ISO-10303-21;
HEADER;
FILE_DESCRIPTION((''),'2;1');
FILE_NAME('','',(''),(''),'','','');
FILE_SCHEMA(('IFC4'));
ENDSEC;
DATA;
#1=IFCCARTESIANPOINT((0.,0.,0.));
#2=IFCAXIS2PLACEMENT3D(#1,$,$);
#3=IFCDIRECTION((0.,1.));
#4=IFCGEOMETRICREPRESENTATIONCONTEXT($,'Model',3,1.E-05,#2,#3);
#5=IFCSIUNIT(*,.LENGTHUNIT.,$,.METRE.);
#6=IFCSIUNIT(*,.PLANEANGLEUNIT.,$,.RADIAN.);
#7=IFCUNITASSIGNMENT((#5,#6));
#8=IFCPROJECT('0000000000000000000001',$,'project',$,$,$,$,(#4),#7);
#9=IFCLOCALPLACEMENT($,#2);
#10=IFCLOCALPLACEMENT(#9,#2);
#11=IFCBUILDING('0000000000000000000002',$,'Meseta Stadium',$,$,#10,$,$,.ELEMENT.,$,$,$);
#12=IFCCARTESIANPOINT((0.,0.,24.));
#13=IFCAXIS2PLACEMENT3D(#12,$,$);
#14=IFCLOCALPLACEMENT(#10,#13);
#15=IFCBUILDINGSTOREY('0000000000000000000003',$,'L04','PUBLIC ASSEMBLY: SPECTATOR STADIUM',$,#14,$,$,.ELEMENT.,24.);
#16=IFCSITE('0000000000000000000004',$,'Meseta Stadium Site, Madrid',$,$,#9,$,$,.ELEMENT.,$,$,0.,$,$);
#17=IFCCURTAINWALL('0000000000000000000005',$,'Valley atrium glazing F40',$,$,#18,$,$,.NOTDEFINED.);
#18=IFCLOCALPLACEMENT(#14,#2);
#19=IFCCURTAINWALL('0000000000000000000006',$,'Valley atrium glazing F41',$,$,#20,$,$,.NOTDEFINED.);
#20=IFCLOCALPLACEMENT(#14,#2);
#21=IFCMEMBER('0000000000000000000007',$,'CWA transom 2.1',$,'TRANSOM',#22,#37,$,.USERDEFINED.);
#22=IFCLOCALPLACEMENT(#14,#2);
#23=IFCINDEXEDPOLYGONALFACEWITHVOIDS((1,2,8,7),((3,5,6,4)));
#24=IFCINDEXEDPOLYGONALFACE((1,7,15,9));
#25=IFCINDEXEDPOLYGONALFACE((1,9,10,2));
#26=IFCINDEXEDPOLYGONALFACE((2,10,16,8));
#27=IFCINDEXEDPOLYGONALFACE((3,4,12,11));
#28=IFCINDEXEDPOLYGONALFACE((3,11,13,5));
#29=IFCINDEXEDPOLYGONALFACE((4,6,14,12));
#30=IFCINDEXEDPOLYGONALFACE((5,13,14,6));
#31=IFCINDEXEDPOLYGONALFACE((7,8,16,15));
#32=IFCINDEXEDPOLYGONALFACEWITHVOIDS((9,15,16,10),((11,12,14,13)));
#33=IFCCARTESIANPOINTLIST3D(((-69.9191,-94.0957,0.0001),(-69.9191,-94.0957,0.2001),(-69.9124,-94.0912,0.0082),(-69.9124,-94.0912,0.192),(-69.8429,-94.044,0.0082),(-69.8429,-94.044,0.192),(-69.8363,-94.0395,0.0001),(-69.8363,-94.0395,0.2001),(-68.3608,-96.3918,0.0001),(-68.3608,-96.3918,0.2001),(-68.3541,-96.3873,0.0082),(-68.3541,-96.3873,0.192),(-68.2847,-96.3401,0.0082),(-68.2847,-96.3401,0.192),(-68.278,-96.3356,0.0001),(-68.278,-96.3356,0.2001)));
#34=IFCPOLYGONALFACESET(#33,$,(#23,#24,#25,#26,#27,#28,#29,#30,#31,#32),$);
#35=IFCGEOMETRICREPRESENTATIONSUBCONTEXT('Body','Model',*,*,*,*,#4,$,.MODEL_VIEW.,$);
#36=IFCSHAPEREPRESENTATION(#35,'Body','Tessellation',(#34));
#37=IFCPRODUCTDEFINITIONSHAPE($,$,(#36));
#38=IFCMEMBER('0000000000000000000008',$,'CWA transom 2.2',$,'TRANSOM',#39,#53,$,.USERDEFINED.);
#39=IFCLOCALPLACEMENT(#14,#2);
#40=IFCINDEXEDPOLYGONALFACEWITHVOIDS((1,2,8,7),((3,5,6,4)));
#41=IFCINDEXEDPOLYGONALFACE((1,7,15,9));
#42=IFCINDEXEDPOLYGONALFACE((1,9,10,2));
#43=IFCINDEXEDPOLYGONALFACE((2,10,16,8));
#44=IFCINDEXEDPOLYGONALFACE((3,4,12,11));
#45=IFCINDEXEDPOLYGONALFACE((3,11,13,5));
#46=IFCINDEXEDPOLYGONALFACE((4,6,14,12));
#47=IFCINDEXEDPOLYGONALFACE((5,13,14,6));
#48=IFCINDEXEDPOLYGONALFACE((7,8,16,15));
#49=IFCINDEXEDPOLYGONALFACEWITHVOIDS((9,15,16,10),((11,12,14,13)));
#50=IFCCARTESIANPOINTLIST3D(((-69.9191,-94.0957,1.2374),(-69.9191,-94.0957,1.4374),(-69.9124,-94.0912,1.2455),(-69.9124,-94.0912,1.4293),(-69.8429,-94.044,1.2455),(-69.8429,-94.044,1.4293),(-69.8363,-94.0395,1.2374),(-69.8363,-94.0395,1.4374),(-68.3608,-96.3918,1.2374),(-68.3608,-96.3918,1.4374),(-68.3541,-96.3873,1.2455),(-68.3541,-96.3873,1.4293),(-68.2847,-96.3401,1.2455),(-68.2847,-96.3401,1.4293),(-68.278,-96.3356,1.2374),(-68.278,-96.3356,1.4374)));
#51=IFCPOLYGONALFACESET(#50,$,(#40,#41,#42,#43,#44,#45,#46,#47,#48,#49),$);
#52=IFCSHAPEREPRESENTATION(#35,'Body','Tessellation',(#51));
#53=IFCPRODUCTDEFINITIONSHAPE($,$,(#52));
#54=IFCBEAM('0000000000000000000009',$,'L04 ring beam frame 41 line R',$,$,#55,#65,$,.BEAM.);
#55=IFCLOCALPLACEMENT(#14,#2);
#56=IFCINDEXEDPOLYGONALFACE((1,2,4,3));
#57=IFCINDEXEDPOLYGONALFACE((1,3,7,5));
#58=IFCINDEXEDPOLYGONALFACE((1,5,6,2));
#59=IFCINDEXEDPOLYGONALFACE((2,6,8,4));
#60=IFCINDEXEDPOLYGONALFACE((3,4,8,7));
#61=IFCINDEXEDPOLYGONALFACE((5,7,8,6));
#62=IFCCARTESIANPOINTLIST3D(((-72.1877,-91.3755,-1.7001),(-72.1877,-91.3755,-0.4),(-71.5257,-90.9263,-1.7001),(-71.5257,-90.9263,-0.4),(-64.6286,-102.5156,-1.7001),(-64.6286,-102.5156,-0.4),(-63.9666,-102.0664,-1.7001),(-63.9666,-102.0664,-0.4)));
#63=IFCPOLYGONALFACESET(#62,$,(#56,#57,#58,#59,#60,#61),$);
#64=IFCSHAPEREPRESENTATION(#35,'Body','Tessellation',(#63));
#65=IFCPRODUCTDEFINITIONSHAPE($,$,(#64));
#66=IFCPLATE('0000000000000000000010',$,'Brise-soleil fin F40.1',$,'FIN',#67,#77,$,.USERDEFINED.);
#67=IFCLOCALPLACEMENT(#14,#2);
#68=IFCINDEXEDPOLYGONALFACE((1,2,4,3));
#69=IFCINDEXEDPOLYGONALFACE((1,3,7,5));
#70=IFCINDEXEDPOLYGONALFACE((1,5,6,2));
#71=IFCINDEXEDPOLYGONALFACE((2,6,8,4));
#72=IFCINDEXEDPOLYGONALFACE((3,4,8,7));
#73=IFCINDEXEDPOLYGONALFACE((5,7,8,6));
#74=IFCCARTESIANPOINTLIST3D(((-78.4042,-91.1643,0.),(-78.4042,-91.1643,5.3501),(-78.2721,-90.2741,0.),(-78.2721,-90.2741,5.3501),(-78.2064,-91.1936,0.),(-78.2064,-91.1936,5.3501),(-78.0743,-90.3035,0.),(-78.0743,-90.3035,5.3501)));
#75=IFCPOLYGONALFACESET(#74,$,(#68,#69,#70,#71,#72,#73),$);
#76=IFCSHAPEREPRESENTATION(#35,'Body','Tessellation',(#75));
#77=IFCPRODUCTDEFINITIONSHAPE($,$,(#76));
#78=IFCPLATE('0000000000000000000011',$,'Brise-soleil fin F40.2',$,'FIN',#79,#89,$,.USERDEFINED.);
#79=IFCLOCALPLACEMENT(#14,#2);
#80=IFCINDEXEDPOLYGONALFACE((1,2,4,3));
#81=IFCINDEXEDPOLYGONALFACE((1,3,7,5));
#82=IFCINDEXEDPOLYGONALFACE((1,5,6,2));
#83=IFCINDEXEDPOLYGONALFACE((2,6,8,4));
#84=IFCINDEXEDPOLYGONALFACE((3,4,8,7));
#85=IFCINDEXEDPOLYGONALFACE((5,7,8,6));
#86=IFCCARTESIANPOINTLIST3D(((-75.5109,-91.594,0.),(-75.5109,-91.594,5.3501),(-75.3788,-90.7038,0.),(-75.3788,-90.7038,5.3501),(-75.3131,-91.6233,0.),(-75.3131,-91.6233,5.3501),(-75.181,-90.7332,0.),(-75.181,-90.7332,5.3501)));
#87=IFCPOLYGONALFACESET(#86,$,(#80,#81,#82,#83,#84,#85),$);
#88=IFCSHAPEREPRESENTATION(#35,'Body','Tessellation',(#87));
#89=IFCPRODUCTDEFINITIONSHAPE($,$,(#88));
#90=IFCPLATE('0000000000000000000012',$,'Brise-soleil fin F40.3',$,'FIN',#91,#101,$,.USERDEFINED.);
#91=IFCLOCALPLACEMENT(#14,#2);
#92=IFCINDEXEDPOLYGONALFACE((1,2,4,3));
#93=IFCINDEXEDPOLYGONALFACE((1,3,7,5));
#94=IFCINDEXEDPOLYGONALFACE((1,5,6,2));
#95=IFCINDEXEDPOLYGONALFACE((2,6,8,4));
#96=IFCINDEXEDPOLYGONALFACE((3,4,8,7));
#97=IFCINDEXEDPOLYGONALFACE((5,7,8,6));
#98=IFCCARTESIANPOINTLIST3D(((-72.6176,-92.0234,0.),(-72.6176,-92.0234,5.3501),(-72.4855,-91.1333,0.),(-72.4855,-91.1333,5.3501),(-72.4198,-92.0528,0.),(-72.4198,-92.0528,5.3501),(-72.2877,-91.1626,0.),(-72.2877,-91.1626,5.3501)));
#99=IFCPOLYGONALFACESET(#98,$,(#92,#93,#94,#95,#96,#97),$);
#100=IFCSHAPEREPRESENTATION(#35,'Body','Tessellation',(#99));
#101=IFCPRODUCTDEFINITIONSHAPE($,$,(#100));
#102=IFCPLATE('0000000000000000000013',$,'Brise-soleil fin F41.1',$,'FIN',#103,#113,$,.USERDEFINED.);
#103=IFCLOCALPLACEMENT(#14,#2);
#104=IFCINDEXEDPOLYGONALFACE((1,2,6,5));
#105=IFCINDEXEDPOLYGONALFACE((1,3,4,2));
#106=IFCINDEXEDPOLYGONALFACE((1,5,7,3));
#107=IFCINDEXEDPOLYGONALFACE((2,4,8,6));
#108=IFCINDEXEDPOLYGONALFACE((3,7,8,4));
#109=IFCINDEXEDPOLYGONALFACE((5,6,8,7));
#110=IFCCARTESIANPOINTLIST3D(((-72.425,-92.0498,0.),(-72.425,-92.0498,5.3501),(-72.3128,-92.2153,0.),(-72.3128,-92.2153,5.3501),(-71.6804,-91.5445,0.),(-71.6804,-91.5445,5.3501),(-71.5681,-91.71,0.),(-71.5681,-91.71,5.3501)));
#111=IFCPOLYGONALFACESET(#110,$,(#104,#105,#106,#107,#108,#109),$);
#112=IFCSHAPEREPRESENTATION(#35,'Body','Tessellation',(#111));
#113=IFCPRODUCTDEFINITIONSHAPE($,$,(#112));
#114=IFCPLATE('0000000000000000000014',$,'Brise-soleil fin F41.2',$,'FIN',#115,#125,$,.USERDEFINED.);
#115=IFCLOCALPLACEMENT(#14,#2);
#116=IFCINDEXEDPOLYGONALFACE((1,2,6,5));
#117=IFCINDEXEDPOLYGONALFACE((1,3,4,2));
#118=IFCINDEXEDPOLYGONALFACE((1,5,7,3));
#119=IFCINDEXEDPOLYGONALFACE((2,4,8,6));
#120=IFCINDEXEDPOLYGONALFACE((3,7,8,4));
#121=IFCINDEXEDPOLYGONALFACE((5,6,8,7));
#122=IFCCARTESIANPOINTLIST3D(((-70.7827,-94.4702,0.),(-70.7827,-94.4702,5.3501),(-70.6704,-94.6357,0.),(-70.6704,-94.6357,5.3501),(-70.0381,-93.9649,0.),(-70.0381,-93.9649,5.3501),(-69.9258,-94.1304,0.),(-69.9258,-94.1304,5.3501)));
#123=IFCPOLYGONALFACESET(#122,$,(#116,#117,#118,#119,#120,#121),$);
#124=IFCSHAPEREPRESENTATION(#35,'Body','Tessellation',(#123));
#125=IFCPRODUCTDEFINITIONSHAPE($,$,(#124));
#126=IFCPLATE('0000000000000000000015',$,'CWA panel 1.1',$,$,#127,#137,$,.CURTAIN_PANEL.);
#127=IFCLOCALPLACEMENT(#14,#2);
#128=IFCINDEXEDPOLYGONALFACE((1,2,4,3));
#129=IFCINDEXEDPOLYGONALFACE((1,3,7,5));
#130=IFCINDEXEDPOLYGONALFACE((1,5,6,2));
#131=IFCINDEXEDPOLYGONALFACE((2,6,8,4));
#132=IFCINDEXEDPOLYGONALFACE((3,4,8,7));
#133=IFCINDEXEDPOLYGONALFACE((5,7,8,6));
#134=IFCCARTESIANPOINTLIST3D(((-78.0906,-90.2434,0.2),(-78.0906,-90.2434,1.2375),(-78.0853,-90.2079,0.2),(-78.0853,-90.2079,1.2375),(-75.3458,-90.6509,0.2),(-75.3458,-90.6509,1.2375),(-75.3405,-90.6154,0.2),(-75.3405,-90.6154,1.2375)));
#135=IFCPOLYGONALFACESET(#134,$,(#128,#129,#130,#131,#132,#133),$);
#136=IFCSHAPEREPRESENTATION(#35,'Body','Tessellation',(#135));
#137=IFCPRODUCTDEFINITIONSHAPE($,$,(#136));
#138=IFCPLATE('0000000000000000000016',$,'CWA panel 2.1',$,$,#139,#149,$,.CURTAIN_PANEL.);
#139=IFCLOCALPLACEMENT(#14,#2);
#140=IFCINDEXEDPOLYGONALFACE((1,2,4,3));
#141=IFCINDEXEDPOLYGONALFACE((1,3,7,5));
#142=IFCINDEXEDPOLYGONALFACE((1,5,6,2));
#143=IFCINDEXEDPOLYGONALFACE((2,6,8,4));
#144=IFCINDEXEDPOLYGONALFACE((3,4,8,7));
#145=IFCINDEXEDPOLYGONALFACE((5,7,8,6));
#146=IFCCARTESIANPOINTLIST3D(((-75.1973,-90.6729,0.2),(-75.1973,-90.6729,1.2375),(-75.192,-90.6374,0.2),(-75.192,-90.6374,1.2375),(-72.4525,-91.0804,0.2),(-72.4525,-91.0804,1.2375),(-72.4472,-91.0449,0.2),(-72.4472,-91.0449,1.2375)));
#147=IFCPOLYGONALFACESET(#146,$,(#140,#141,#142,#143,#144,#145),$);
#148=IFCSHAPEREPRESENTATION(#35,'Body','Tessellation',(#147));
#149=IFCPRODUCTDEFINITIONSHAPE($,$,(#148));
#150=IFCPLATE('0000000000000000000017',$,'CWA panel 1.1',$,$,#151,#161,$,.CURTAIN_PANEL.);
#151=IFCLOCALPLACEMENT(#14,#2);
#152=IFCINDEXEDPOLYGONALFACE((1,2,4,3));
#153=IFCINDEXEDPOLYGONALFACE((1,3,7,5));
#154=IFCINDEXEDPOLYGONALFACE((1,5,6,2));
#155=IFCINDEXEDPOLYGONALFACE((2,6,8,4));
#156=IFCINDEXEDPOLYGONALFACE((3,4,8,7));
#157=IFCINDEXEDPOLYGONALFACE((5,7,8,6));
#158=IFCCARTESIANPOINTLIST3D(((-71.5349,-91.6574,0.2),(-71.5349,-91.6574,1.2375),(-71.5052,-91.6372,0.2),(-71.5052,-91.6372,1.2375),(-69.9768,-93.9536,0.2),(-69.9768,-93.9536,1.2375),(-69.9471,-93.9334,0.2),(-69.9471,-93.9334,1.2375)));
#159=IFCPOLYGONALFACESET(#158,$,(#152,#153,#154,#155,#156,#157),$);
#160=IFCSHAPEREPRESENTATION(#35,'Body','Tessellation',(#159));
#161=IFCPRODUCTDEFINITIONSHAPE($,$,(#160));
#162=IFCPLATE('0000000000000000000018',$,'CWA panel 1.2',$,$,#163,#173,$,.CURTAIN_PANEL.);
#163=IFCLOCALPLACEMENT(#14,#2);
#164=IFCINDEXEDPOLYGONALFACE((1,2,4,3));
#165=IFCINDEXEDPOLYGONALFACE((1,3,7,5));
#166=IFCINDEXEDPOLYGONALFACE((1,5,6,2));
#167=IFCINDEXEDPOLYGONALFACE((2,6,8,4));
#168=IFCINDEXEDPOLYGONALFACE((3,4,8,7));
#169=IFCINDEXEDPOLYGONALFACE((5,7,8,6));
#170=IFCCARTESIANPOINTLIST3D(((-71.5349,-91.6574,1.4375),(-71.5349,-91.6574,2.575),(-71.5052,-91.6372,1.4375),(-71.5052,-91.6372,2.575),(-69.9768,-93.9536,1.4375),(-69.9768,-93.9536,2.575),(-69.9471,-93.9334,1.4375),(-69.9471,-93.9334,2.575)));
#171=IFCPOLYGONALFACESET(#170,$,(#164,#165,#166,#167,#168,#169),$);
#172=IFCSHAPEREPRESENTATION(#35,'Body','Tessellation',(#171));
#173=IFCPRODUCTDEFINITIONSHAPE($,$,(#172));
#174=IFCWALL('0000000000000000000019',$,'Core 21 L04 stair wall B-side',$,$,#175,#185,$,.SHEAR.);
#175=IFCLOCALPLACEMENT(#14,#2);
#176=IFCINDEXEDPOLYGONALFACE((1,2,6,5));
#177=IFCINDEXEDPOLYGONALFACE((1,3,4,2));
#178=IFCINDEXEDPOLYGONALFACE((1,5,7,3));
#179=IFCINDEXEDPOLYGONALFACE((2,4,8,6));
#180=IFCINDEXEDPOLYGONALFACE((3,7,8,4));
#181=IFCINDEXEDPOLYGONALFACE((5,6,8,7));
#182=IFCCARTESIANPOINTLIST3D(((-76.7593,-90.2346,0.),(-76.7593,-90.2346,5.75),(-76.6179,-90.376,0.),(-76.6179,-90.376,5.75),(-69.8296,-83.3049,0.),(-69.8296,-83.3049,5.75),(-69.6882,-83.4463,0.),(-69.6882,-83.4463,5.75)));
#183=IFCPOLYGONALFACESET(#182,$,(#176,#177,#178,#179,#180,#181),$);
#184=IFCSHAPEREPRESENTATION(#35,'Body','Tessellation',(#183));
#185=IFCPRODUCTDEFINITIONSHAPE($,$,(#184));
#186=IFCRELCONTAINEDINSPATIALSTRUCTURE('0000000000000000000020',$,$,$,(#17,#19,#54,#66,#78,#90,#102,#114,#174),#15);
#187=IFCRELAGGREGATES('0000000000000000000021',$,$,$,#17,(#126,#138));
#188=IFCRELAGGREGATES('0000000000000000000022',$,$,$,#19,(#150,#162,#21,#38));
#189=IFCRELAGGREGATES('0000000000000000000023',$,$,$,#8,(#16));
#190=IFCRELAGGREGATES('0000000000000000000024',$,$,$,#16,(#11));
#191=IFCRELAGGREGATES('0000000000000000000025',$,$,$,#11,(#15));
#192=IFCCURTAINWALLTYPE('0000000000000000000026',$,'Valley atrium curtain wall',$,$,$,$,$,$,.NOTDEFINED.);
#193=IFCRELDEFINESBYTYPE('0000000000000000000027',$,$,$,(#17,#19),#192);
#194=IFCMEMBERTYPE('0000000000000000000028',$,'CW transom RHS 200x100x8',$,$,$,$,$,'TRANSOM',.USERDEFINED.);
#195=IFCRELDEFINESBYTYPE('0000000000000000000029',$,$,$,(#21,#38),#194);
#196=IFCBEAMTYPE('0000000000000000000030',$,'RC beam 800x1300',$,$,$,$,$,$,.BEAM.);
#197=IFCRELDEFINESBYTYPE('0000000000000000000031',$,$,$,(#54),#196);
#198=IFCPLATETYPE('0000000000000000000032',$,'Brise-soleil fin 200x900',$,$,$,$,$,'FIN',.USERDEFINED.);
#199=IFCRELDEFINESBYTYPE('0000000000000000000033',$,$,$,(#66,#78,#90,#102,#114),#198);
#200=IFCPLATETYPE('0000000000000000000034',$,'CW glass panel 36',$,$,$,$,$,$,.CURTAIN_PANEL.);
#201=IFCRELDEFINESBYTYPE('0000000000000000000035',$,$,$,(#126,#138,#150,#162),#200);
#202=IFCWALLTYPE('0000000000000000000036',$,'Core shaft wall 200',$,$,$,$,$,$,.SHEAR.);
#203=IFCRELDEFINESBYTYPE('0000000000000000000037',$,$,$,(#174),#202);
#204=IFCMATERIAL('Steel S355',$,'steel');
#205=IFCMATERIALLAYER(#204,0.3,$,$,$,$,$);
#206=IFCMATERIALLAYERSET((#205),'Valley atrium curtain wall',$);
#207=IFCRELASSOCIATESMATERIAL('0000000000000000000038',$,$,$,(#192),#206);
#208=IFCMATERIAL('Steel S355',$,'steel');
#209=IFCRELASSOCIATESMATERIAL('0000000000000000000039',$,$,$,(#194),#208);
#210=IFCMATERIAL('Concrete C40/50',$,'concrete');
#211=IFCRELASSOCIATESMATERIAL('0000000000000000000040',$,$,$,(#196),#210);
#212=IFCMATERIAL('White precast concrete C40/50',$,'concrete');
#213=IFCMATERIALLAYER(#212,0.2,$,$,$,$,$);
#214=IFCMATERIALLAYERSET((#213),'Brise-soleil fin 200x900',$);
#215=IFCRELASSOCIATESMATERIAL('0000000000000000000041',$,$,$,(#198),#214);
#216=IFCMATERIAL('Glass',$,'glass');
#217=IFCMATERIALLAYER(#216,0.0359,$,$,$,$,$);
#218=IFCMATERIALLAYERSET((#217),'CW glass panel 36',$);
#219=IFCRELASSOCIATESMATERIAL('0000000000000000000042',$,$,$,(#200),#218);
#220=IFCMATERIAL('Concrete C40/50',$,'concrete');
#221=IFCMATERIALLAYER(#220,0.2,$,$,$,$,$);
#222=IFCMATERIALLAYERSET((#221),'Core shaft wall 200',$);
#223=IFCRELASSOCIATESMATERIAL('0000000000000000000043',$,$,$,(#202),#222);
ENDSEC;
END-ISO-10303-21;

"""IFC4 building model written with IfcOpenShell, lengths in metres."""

from ifc_helpers import new_model, si_unit, direction, frame, frame_2d, origin, origin_2d, place, context, subcontext, project, spatial, rectangle, hollow_rectangle, extrude, material, layer, layer_set, material_profile, profile_set, type_object, element, aggregate, save


model = new_model("IFC4")

# Units and contexts
model_context = context("Model", 3, precision=1e-05, world=origin(), true_north=direction((0.0, 1.0)))
body_context = subcontext(model_context, "Body", "Model", "MODEL_VIEW")
ifc_project = project(units=[si_unit("LENGTHUNIT", "METRE"), si_unit("PLANEANGLEUNIT", "RADIAN")], contexts=[model_context])

# Site, building, storey
site_placement = place(None, origin())
site = spatial("IfcSite", under=ifc_project, at=site_placement, Name="Meseta Stadium Site, Madrid", CompositionType="ELEMENT", RefElevation=0.0)
building_placement = place(site_placement, origin())
building = spatial("IfcBuilding", under=site, at=building_placement, Name="Meseta Stadium", CompositionType="ELEMENT")
storey_placement = place(building_placement, frame((0.0, 0.0, 24.0)))
storey = spatial("IfcBuildingStorey", under=building, at=storey_placement, Name="L04", Description="PUBLIC ASSEMBLY: SPECTATOR STADIUM", CompositionType="ELEMENT", Elevation=24.0)

# Curtain walls
ifc_material_1 = material(Name="Steel S355", Category="steel")
ifc_layer_1 = layer(ifc_material_1, 0.3)
ifc_layer_set_1 = layer_set([ifc_layer_1], Name="Valley atrium curtain wall")
curtain_wall_type = type_object("IfcCurtainWallType", Name="Valley atrium curtain wall", PredefinedType="NOTDEFINED", material=ifc_layer_set_1)
curtain_wall_1_placement = place(storey_placement, origin())
curtain_wall_1 = element("IfcCurtainWall", 1, at=curtain_wall_1_placement, inside=storey, type_object=curtain_wall_type, Name="Valley atrium glazing F40", PredefinedType="NOTDEFINED")
curtain_wall_2_placement = place(storey_placement, origin())
curtain_wall_2 = element("IfcCurtainWall", 2, at=curtain_wall_2_placement, inside=storey, type_object=curtain_wall_type, Name="Valley atrium glazing F41", PredefinedType="NOTDEFINED")

# Members
ifc_material_2 = material(Name="Steel S355", Category="steel")
ifc_material_profile_1 = material_profile(ifc_material_2, hollow_rectangle(XDim=0.1001, YDim=0.2, WallThickness=0.0081, at=origin_2d()), Name="RHS 200x100x8")
ifc_profile_set_1 = profile_set([ifc_material_profile_1], Name="Steel S355")
member_type_1 = type_object("IfcMemberType", Name="CW transom RHS 200x100x8", ElementType="TRANSOM", PredefinedType="USERDEFINED", material=ifc_profile_set_1)
member_1_placement = place(storey_placement, frame((-69.8777, -94.0676, 0.1001), z_axis=(0.561564, -0.827433, 0.0), x_axis=(0.827433, 0.561564, 0.0)))
member_1 = element("IfcMember", 3, at=member_1_placement, type_object=member_type_1, Name="CWA transom 2.1", ObjectType="TRANSOM", PredefinedType="USERDEFINED", context=body_context, shape_type="SweptSolid", body=[
    extrude(hollow_rectangle(XDim=0.1001, YDim=0.2, WallThickness=0.0081, at=origin_2d()), origin(), (0.0, 0.0, 1.0), 2.7749),
])
member_2_placement = place(storey_placement, frame((-69.8777, -94.0676, 1.3374), z_axis=(0.561564, -0.827433, 0.0), x_axis=(0.827433, 0.561564, 0.0)))
member_2 = element("IfcMember", 4, at=member_2_placement, type_object=member_type_1, Name="CWA transom 2.2", ObjectType="TRANSOM", PredefinedType="USERDEFINED", context=body_context, shape_type="SweptSolid", body=[
    extrude(hollow_rectangle(XDim=0.1001, YDim=0.2, WallThickness=0.0081, at=origin_2d()), origin(), (0.0, 0.0, 1.0), 2.7749),
])

# Beam
ifc_material_3 = material(Name="Concrete C40/50", Category="concrete")
ifc_material_profile_2 = material_profile(ifc_material_3, rectangle(XDim=0.8, YDim=1.3, at=origin_2d()), Name="RC 800x1300")
ifc_profile_set_2 = profile_set([ifc_material_profile_2], Name="Concrete C40/50")
beam_type = type_object("IfcBeamType", Name="RC beam 800x1300", PredefinedType="BEAM", material=ifc_profile_set_2)
beam_placement = place(storey_placement, frame((-71.8567, -91.1509, -1.05), z_axis=(0.561486, -0.827486, 0.0), x_axis=(0.827486, 0.561486, 0.0)))
element("IfcBeam", 5, at=beam_placement, inside=storey, type_object=beam_type, Name="L04 ring beam frame 41 line R", PredefinedType="BEAM", context=body_context, shape_type="SweptSolid", body=[
    extrude(rectangle(XDim=0.8, YDim=1.3, at=origin_2d()), origin(), (0.0, 0.0, 1.0), 13.4626),
])

# Plates
ifc_material_4 = material(Name="White precast concrete C40/50", Category="concrete")
ifc_layer_2 = layer(ifc_material_4, 0.2)
ifc_layer_set_2 = layer_set([ifc_layer_2], Name="Brise-soleil fin 200x900")
plate_type_1 = type_object("IfcPlateType", Name="Brise-soleil fin 200x900", ElementType="FIN", PredefinedType="USERDEFINED", material=ifc_layer_set_2)
for number, where, z_axis, x_axis, name in (
    (6, (-78.2393, -90.7339, 0.0), (0.0, 0.0, 1.0), (0.989158, -0.146854, 0.0), "Brise-soleil fin F40.1"),
    (7, (-75.3459, -91.1636, 0.0), (0.0, 0.0, 1.0), (0.989158, -0.146854, 0.0), "Brise-soleil fin F40.2"),
    (8, (-72.4526, -91.593, 0.0), (0.0, 0.0, 1.0), (0.989158, -0.146854, 0.0), "Brise-soleil fin F40.3"),
    (9, (-71.9966, -91.8799, 0.0), (0.0, 0.0, 1.0), (0.56149, -0.827483, 0.0), "Brise-soleil fin F41.1"),
    (10, (-70.3542, -94.3003, 0.0), (0.0, 0.0, 1.0), (0.56149, -0.827483, 0.0), "Brise-soleil fin F41.2"),
):
    element("IfcPlate", number, at=place(storey_placement, frame(where, z_axis=z_axis, x_axis=x_axis)), inside=storey, type_object=plate_type_1, Name=name, ObjectType="FIN", PredefinedType="USERDEFINED", context=body_context, shape_type="SweptSolid", body=[
        extrude(rectangle(XDim=0.2, YDim=0.8999, at=origin_2d()), origin(), (0.0, 0.0, 1.0), 5.3501),
    ])

# Plates
ifc_material_5 = material(Name="Glass", Category="glass")
ifc_layer_3 = layer(ifc_material_5, 0.0359)
ifc_layer_set_3 = layer_set([ifc_layer_3], Name="CW glass panel 36")
plate_type_2 = type_object("IfcPlateType", Name="CW glass panel 36", PredefinedType="CURTAIN_PANEL", material=ifc_layer_set_3)
plate_1_placement = place(storey_placement, frame((-76.7156, -90.4294, 0.2), z_axis=(0.0, 0.0, 1.0), x_axis=(0.989158, -0.146854, 0.0)))
plate_1 = element("IfcPlate", 11, at=plate_1_placement, type_object=plate_type_2, Name="CWA panel 1.1", PredefinedType="CURTAIN_PANEL", context=body_context, shape_type="SweptSolid", body=[
    extrude(rectangle(XDim=2.7749, YDim=0.0359, at=origin_2d()), origin(), (0.0, 0.0, 1.0), 1.0376),
])
plate_2_placement = place(storey_placement, frame((-73.8223, -90.8589, 0.2), z_axis=(0.0, 0.0, 1.0), x_axis=(0.989158, -0.146854, 0.0)))
plate_2 = element("IfcPlate", 12, at=plate_2_placement, type_object=plate_type_2, Name="CWA panel 2.1", PredefinedType="CURTAIN_PANEL", context=body_context, shape_type="SweptSolid", body=[
    extrude(rectangle(XDim=2.7749, YDim=0.0359, at=origin_2d()), origin(), (0.0, 0.0, 1.0), 1.0376),
])
aggregate(curtain_wall_1, [plate_1, plate_2])
plate_3_placement = place(storey_placement, frame((-70.741, -92.7954, 0.2), z_axis=(0.0, 0.0, 1.0), x_axis=(0.56149, -0.827483, 0.0)))
plate_3 = element("IfcPlate", 13, at=plate_3_placement, type_object=plate_type_2, Name="CWA panel 1.1", PredefinedType="CURTAIN_PANEL", context=body_context, shape_type="SweptSolid", body=[
    extrude(rectangle(XDim=2.7749, YDim=0.0359, at=origin_2d()), origin(), (0.0, 0.0, 1.0), 1.0376),
])
plate_4_placement = place(storey_placement, frame((-70.741, -92.7954, 1.4375), z_axis=(0.0, 0.0, 1.0), x_axis=(0.56149, -0.827483, 0.0)))
plate_4 = element("IfcPlate", 14, at=plate_4_placement, type_object=plate_type_2, Name="CWA panel 1.2", PredefinedType="CURTAIN_PANEL", context=body_context, shape_type="SweptSolid", body=[
    extrude(rectangle(XDim=2.7749, YDim=0.0359, at=origin_2d()), origin(), (0.0, 0.0, 1.0), 1.1375),
])
aggregate(curtain_wall_2, [plate_3, plate_4, member_1, member_2])

# Wall
ifc_material_6 = material(Name="Concrete C40/50", Category="concrete")
ifc_layer_4 = layer(ifc_material_6, 0.2)
ifc_layer_set_4 = layer_set([ifc_layer_4], Name="Core shaft wall 200")
wall_type_1 = type_object("IfcWallType", Name="Core shaft wall 200", PredefinedType="SHEAR", material=ifc_layer_set_4)
wall_1_placement = place(storey_placement, frame((-76.6885, -90.3052, 0.0), z_axis=(0.0, 0.0, 1.0), x_axis=(0.707107, 0.707107, 0.0)))
element("IfcWall", 15, at=wall_1_placement, inside=storey, type_object=wall_type_1, Name="Core 21 L04 stair wall B-side", PredefinedType="SHEAR", context=body_context, shape_type="SweptSolid", body=[
    extrude(rectangle(XDim=9.8, YDim=0.2, at=frame_2d((4.8999, 0.0))), origin(), (0.0, 0.0, 1.0), 5.75),
])

save(model, "model.ifc")
